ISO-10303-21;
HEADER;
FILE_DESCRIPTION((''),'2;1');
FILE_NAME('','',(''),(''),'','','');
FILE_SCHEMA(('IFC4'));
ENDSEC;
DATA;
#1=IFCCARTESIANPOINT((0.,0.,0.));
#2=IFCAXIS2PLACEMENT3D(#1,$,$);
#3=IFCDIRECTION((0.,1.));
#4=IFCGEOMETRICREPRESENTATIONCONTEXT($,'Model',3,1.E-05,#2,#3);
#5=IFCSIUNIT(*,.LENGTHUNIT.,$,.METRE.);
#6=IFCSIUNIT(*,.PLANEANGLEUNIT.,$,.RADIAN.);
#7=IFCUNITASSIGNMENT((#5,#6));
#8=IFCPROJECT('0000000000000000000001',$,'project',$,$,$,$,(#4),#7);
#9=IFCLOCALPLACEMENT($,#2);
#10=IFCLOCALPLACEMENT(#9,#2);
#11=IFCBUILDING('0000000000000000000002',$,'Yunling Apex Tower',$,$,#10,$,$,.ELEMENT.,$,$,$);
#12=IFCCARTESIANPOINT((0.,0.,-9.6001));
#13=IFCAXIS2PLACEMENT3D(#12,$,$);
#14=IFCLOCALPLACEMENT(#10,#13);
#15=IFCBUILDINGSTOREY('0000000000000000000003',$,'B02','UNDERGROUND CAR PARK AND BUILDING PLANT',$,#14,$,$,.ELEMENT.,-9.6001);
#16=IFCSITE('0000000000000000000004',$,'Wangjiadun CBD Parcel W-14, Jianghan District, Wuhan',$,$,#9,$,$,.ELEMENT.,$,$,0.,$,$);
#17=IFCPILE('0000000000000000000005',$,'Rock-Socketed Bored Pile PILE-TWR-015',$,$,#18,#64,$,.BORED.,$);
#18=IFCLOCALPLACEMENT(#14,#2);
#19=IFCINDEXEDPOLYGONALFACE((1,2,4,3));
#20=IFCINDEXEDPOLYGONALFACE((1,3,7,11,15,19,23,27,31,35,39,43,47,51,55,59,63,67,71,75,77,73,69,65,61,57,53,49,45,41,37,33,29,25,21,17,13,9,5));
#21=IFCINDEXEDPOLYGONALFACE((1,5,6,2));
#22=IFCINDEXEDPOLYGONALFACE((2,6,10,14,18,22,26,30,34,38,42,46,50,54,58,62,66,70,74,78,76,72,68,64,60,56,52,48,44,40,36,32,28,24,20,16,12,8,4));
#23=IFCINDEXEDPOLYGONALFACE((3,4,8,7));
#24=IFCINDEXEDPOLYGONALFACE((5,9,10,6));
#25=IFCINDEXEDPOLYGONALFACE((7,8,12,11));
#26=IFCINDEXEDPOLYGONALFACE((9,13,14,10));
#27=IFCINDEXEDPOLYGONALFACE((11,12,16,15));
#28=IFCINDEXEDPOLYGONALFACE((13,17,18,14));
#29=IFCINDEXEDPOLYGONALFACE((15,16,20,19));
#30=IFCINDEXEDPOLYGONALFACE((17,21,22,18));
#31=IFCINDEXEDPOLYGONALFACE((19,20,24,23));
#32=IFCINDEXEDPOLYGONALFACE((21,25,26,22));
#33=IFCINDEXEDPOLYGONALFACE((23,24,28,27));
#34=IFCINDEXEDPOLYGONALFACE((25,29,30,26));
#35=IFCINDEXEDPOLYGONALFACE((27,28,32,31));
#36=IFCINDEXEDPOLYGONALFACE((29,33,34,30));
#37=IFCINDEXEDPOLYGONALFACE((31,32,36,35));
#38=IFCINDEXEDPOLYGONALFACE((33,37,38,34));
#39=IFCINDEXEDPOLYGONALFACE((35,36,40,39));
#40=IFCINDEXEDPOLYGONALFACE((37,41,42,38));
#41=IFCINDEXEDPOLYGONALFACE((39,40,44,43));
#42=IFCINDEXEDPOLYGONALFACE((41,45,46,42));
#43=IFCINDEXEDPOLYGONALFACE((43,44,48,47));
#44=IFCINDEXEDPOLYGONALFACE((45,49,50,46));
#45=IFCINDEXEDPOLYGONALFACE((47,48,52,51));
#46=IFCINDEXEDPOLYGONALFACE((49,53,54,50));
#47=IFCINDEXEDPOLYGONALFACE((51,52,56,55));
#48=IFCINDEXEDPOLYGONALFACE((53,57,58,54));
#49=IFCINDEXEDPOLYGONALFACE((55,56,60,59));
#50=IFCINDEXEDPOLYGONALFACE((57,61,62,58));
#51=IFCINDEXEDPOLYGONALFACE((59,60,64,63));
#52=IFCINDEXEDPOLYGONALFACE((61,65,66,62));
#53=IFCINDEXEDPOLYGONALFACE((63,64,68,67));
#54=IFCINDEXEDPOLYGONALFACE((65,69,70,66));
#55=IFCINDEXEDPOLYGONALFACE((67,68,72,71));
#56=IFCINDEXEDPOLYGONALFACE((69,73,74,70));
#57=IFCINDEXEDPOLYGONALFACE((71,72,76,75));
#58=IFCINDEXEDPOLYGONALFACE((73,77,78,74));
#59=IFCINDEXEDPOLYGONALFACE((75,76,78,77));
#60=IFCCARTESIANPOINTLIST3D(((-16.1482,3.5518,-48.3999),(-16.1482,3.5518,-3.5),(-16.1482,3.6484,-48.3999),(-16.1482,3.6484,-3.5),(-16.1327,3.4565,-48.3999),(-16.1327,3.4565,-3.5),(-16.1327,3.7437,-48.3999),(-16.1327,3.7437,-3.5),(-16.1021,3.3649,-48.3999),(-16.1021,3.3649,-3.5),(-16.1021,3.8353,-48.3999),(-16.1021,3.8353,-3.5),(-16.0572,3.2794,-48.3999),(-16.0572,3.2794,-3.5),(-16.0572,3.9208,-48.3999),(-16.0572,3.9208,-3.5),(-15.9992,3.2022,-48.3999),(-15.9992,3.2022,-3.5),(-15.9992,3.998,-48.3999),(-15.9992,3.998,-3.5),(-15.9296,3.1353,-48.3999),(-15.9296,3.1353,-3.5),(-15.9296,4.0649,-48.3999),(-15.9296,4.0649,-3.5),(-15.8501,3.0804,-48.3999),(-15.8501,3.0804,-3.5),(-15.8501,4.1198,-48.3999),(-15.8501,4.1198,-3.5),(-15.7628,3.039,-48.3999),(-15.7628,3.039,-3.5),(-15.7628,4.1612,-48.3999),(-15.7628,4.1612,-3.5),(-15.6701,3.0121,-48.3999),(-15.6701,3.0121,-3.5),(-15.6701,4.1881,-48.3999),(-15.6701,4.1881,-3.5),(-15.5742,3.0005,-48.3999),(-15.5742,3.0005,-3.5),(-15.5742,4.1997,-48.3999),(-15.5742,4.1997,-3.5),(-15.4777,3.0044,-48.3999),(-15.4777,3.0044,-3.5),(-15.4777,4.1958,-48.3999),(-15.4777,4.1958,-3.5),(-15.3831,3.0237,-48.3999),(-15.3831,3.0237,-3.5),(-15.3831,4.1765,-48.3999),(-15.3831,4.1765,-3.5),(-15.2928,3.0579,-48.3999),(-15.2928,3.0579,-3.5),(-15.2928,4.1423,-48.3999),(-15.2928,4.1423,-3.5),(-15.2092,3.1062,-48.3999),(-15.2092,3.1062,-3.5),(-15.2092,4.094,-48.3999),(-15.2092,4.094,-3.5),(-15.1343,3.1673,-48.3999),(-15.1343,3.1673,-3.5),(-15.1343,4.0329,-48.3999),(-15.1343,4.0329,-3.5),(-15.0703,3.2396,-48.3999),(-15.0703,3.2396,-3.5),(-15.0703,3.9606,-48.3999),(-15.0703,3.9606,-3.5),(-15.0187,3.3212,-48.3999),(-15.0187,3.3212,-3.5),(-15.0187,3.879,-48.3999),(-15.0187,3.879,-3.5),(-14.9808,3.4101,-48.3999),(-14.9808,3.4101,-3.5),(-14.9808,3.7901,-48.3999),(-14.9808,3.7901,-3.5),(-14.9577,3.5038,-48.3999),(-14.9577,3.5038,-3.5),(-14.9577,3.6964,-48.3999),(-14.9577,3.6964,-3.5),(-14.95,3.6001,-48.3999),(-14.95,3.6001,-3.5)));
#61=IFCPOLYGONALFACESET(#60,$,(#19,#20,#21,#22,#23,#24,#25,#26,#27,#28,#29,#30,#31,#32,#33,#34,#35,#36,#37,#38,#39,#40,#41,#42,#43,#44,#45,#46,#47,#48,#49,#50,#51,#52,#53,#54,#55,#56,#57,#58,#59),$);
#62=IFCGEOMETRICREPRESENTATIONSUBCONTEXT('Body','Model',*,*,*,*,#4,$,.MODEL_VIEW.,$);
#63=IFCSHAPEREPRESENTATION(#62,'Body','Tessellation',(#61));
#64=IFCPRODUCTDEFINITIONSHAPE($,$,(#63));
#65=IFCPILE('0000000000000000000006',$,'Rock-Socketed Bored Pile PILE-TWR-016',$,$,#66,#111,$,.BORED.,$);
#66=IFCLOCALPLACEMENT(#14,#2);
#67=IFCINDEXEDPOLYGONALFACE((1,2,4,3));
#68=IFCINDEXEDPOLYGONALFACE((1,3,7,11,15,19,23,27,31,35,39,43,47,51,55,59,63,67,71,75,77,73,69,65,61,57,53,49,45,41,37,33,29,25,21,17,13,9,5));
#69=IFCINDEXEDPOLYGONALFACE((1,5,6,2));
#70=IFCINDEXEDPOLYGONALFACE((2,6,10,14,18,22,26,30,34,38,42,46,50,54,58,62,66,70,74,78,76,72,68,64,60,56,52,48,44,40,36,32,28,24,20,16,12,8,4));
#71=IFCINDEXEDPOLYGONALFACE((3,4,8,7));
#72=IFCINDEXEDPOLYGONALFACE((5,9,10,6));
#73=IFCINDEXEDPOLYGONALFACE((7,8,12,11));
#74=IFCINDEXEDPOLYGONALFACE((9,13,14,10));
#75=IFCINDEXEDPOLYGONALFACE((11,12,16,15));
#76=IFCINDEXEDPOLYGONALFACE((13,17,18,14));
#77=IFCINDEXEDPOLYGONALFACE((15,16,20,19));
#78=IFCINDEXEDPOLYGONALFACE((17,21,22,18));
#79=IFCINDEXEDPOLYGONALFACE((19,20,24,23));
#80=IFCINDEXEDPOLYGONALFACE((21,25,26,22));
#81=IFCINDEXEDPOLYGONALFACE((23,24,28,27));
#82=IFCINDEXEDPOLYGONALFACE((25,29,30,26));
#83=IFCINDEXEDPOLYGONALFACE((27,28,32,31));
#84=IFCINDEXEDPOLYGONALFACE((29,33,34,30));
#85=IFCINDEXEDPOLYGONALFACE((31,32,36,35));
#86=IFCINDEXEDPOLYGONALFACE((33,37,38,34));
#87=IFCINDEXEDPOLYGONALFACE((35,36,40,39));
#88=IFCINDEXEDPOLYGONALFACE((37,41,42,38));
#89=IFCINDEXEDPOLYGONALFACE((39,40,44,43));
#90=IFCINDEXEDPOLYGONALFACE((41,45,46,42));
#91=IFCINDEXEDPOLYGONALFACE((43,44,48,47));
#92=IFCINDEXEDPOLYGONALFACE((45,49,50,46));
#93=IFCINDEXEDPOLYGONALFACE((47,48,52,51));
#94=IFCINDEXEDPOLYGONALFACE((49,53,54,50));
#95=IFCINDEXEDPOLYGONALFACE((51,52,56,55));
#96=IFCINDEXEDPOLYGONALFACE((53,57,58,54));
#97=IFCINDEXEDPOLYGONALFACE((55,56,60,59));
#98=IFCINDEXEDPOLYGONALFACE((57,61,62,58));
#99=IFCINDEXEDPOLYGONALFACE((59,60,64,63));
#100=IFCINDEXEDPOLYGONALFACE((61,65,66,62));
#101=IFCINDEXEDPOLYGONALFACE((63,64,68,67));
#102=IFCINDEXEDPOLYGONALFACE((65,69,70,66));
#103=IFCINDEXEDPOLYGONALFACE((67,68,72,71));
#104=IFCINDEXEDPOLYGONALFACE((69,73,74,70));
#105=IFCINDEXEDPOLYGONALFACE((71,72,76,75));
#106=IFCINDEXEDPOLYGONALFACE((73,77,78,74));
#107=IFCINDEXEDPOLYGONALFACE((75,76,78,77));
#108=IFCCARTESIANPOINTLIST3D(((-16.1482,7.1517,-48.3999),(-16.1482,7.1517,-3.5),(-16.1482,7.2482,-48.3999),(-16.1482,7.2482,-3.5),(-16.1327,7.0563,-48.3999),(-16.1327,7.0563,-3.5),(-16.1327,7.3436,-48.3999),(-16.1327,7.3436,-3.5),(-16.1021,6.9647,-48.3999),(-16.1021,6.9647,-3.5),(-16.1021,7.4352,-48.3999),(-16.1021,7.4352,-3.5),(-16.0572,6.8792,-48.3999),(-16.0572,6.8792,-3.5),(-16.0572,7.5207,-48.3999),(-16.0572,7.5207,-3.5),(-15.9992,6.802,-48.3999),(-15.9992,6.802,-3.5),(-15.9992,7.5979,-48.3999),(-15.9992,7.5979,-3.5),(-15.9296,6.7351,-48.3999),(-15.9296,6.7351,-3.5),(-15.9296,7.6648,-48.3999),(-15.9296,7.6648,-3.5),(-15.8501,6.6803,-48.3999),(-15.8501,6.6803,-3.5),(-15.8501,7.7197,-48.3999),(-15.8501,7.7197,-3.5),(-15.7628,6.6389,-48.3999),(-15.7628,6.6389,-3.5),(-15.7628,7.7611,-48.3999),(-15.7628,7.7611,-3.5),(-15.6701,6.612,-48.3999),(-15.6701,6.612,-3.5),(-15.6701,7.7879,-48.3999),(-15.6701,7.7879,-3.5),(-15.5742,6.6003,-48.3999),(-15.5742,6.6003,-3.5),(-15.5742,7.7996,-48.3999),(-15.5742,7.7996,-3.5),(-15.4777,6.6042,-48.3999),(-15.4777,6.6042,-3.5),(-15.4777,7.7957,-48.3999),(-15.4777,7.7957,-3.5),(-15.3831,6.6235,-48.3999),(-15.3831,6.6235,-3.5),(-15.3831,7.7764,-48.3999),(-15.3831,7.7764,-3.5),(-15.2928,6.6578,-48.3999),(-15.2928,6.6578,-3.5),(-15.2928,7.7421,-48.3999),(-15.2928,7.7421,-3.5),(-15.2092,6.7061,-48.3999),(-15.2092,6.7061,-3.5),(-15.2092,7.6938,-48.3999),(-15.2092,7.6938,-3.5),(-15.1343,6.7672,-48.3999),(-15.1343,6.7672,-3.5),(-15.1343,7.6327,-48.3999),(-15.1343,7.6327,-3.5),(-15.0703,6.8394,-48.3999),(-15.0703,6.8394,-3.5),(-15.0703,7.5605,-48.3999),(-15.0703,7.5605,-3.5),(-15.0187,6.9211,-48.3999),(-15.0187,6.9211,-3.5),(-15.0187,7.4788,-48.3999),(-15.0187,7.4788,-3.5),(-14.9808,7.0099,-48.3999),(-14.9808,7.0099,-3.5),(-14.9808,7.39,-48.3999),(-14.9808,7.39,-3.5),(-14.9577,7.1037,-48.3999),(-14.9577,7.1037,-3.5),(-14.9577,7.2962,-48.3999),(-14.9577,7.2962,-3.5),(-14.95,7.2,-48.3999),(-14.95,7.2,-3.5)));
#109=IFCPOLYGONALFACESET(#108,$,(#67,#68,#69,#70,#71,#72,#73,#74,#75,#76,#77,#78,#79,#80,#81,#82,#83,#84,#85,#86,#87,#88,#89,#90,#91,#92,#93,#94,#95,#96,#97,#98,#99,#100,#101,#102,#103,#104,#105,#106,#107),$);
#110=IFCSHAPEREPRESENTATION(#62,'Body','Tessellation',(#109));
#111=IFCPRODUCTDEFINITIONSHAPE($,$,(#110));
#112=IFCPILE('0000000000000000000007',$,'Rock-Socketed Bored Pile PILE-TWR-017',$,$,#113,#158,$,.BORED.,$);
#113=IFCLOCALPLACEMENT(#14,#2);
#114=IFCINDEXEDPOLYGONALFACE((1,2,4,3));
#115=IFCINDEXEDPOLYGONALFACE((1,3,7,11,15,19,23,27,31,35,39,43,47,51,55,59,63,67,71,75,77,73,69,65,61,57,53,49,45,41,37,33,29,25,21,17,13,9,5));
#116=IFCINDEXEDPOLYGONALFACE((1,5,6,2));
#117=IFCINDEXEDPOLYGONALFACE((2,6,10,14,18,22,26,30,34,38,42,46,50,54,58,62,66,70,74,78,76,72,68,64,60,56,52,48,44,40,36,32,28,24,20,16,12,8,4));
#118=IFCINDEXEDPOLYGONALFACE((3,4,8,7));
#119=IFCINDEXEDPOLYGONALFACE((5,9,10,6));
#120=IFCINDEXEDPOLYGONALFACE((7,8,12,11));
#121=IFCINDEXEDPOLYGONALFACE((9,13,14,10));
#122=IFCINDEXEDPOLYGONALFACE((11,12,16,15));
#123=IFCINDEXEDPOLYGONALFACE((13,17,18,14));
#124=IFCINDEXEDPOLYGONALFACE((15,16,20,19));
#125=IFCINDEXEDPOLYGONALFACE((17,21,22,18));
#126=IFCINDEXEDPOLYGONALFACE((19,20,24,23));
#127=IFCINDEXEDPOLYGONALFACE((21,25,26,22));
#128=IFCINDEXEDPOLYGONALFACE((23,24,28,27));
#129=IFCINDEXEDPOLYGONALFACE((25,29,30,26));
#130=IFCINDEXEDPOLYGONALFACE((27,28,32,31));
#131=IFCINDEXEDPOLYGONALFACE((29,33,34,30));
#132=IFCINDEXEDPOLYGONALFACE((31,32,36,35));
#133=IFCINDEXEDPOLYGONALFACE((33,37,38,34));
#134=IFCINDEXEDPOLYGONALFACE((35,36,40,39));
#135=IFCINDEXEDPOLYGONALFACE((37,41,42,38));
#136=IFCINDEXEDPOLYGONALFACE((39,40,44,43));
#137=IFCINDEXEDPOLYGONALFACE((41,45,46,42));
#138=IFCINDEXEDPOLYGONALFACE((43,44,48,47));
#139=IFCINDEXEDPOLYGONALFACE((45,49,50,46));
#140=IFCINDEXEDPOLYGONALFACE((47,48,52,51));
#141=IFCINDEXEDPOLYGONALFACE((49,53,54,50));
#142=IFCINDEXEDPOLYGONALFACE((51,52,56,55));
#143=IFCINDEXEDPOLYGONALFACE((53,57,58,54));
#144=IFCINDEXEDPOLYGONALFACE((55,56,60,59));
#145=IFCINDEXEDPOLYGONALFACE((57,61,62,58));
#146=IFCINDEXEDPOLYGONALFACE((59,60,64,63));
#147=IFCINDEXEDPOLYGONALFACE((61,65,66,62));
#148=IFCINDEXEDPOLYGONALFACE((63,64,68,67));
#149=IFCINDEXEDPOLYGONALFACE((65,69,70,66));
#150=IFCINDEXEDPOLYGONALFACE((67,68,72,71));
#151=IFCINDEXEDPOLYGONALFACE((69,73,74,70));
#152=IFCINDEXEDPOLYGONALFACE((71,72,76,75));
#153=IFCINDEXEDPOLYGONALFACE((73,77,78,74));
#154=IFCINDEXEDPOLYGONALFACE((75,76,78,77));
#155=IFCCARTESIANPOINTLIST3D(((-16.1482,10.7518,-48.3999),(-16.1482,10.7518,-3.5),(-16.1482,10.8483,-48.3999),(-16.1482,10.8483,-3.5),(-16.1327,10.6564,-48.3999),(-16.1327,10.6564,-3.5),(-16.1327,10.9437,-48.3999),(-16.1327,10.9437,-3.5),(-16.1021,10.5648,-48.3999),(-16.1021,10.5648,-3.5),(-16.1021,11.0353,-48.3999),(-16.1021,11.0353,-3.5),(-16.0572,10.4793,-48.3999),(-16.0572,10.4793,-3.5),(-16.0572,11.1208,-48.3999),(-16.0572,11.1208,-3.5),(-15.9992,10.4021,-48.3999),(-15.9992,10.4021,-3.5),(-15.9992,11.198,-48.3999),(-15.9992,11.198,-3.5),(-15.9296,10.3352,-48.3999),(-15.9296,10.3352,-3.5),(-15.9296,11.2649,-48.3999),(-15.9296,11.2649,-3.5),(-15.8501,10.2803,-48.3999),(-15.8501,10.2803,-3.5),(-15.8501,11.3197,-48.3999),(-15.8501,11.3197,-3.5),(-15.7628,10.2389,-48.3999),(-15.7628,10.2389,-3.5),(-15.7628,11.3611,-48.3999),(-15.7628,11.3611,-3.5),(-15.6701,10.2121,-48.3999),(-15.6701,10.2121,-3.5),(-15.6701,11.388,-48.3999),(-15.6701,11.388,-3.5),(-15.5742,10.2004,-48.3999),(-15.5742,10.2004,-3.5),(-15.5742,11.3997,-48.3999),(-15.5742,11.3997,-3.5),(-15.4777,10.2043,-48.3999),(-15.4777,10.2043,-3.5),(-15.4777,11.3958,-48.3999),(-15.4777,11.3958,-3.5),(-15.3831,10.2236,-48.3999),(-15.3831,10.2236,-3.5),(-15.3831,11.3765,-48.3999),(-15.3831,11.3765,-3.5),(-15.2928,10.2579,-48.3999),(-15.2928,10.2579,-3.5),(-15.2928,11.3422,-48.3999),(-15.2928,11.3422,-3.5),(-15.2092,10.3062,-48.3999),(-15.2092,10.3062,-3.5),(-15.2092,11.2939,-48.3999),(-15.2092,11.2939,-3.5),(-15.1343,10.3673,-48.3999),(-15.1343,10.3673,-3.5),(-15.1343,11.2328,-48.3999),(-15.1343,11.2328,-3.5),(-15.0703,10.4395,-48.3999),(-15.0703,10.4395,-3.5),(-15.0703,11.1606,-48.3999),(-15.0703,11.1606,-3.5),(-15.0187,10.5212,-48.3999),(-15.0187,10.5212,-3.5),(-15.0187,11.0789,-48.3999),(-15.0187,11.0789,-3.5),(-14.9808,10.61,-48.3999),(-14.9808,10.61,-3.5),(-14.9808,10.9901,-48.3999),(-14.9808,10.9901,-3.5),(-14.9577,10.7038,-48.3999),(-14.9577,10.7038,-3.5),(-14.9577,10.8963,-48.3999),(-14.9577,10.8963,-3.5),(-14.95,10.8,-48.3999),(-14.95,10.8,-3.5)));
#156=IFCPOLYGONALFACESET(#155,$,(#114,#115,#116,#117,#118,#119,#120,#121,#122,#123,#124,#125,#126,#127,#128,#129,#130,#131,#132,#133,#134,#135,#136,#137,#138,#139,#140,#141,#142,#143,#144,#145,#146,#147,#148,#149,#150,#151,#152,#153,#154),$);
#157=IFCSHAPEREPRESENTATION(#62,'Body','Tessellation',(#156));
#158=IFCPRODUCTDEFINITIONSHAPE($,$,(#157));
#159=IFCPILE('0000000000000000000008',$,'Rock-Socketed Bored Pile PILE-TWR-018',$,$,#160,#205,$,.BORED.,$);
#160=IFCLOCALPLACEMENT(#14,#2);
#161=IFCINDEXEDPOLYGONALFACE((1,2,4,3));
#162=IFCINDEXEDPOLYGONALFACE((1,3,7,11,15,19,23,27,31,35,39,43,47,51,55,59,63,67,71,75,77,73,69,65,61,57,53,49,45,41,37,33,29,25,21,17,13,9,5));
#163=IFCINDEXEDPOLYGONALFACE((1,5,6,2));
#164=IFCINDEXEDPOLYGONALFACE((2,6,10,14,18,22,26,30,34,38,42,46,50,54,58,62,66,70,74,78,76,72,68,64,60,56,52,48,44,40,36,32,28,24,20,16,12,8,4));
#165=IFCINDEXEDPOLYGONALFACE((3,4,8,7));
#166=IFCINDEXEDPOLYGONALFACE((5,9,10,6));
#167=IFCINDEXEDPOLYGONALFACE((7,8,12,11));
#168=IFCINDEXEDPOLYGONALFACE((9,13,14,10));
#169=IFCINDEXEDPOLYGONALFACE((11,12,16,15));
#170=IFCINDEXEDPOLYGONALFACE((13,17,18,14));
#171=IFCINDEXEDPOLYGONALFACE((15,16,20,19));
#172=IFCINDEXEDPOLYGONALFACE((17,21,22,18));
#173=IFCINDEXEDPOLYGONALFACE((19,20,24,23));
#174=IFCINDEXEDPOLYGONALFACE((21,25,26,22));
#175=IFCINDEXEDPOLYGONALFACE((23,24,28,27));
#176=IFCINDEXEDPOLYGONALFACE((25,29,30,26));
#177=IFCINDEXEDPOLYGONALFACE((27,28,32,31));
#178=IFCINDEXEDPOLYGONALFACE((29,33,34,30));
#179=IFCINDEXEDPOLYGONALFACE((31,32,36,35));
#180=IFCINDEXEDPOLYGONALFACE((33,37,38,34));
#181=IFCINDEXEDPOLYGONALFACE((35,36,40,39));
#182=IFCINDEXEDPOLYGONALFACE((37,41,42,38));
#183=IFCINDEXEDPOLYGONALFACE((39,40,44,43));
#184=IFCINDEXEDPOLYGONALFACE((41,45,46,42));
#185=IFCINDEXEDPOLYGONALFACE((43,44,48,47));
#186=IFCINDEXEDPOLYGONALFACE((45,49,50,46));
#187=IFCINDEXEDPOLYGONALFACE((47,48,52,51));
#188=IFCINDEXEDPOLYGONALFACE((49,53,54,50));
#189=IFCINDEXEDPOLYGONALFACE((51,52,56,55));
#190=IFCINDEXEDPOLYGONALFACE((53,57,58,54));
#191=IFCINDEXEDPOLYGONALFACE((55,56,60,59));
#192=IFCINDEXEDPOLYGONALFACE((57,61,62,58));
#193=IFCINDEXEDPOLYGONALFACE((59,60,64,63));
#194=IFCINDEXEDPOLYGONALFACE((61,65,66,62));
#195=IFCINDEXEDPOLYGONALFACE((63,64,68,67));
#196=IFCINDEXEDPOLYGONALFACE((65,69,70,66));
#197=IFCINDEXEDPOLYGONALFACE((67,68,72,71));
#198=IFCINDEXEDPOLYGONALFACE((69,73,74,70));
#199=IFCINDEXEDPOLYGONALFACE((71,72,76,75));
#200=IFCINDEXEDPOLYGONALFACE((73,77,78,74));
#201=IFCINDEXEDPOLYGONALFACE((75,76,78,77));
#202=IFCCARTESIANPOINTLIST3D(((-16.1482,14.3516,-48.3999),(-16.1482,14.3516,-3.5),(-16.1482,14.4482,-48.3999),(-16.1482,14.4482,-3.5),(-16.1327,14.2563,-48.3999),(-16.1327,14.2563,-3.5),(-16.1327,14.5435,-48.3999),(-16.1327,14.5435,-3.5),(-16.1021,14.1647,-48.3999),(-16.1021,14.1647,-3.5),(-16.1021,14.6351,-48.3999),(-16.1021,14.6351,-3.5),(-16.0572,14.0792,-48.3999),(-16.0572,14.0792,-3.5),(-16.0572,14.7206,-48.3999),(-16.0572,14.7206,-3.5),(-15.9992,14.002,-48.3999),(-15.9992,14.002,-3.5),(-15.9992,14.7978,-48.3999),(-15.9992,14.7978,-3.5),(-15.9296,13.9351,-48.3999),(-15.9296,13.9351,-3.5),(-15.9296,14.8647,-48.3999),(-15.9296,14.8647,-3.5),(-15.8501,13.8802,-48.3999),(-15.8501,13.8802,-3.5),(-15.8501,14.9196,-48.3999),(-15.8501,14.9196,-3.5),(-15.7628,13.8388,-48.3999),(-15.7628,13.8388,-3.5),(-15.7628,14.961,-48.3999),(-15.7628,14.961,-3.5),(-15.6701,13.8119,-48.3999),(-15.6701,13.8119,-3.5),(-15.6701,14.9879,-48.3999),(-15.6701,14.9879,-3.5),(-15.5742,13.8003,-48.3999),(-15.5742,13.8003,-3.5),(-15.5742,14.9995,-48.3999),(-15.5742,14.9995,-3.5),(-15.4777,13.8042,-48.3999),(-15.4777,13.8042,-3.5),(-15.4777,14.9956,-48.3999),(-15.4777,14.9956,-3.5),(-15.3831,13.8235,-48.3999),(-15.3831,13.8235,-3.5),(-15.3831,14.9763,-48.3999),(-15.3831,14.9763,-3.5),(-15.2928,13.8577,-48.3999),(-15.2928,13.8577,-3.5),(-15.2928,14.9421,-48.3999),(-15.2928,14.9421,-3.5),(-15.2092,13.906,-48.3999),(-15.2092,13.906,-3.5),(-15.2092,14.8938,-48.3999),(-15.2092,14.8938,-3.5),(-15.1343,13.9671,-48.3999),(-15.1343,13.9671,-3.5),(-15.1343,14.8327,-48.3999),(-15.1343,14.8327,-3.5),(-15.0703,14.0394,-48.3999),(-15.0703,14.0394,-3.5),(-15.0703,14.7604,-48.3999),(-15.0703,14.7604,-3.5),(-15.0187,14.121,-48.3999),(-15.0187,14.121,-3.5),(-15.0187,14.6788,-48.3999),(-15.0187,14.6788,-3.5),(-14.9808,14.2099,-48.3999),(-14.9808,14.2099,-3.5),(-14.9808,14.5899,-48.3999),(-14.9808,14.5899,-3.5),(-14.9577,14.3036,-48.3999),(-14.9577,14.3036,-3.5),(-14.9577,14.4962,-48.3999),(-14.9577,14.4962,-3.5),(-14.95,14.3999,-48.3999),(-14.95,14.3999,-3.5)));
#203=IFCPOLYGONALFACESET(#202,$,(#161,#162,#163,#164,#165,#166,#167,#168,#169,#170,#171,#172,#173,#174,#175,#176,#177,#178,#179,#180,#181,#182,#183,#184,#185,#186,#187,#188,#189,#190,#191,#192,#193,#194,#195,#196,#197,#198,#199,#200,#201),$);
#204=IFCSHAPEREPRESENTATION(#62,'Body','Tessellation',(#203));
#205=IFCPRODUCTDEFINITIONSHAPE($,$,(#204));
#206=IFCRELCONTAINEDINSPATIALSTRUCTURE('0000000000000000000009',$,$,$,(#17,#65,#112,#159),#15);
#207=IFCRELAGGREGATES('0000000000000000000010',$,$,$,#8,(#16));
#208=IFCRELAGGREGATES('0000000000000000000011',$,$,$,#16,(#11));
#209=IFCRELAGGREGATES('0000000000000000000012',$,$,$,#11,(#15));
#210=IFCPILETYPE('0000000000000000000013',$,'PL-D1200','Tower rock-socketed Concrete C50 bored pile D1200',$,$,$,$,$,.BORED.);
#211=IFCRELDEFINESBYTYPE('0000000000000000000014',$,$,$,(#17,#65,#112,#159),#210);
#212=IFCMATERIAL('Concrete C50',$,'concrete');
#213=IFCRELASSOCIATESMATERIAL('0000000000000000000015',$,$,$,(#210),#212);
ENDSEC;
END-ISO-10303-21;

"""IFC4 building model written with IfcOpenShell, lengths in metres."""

from ifc_helpers import new_model, si_unit, direction, frame, origin, origin_2d, place, context, subcontext, project, spatial, circle, extrude, source, transform, mapped, material, material_profile, profile_set, type_object, element, save


model = new_model("IFC4")

# Units and contexts
model_context = context("Model", 3, precision=1e-05, world=origin(), true_north=direction((0.0, 1.0)))
body_context = subcontext(model_context, "Body", "Model", "MODEL_VIEW")
ifc_project = project(units=[si_unit("LENGTHUNIT", "METRE"), si_unit("PLANEANGLEUNIT", "RADIAN")], contexts=[model_context])

# Site, building, storey
site_placement = place(None, origin())
site = spatial("IfcSite", under=ifc_project, at=site_placement, Name="Wangjiadun CBD Parcel W-14, Jianghan District, Wuhan", CompositionType="ELEMENT", RefElevation=0.0)
building_placement = place(site_placement, origin())
building = spatial("IfcBuilding", under=site, at=building_placement, Name="Yunling Apex Tower", CompositionType="ELEMENT")
storey_placement = place(building_placement, frame((0.0, 0.0, -9.6001)))
storey = spatial("IfcBuildingStorey", under=building, at=storey_placement, Name="B02", Description="UNDERGROUND CAR PARK AND BUILDING PLANT", CompositionType="ELEMENT", Elevation=-9.6001)

# Piles
ifc_material_1 = material(Name="Concrete C50", Category="concrete")
ifc_material_profile_1 = material_profile(ifc_material_1, circle(Radius=0.6001, at=origin_2d()))
ifc_profile_set_1 = profile_set([ifc_material_profile_1], Name="Concrete C50")
pile_type = type_object("IfcPileType", Name="PL-D1200", Description="Tower rock-socketed Concrete C50 bored pile D1200", PredefinedType="BORED", material=ifc_profile_set_1)
shared_shape_1 = source(origin(), body_context, "Body", "SweptSolid", [
    extrude(circle(Radius=0.6001, at=origin_2d()), origin(), (0.0, 0.0, 1.0), 44.8999),
])
for number, where, z_axis, x_axis, name in (
    (1, (-15.55, 3.6001, -3.5), (0.0, 0.0, -1.0), (1.0, 0.0, 0.0), "Rock-Socketed Bored Pile PILE-TWR-015"),
    (2, (-15.55, 7.2, -3.5), (0.0, 0.0, -1.0), (1.0, 0.0, 0.0), "Rock-Socketed Bored Pile PILE-TWR-016"),
    (3, (-15.55, 10.8, -3.5), (0.0, 0.0, -1.0), (1.0, 0.0, 0.0), "Rock-Socketed Bored Pile PILE-TWR-017"),
    (4, (-15.55, 14.3999, -3.5), (0.0, 0.0, -1.0), (1.0, 0.0, 0.0), "Rock-Socketed Bored Pile PILE-TWR-018"),
):
    element("IfcPile", number, at=place(storey_placement, frame(where, z_axis=z_axis, x_axis=x_axis)), inside=storey, type_object=pile_type, Name=name, PredefinedType="BORED", context=body_context, shape_type="MappedRepresentation", body=[
        mapped(shared_shape_1, transform((0.0, 0.0, 0.0), scale=1.0)),
    ])

save(model, "model.ifc")
